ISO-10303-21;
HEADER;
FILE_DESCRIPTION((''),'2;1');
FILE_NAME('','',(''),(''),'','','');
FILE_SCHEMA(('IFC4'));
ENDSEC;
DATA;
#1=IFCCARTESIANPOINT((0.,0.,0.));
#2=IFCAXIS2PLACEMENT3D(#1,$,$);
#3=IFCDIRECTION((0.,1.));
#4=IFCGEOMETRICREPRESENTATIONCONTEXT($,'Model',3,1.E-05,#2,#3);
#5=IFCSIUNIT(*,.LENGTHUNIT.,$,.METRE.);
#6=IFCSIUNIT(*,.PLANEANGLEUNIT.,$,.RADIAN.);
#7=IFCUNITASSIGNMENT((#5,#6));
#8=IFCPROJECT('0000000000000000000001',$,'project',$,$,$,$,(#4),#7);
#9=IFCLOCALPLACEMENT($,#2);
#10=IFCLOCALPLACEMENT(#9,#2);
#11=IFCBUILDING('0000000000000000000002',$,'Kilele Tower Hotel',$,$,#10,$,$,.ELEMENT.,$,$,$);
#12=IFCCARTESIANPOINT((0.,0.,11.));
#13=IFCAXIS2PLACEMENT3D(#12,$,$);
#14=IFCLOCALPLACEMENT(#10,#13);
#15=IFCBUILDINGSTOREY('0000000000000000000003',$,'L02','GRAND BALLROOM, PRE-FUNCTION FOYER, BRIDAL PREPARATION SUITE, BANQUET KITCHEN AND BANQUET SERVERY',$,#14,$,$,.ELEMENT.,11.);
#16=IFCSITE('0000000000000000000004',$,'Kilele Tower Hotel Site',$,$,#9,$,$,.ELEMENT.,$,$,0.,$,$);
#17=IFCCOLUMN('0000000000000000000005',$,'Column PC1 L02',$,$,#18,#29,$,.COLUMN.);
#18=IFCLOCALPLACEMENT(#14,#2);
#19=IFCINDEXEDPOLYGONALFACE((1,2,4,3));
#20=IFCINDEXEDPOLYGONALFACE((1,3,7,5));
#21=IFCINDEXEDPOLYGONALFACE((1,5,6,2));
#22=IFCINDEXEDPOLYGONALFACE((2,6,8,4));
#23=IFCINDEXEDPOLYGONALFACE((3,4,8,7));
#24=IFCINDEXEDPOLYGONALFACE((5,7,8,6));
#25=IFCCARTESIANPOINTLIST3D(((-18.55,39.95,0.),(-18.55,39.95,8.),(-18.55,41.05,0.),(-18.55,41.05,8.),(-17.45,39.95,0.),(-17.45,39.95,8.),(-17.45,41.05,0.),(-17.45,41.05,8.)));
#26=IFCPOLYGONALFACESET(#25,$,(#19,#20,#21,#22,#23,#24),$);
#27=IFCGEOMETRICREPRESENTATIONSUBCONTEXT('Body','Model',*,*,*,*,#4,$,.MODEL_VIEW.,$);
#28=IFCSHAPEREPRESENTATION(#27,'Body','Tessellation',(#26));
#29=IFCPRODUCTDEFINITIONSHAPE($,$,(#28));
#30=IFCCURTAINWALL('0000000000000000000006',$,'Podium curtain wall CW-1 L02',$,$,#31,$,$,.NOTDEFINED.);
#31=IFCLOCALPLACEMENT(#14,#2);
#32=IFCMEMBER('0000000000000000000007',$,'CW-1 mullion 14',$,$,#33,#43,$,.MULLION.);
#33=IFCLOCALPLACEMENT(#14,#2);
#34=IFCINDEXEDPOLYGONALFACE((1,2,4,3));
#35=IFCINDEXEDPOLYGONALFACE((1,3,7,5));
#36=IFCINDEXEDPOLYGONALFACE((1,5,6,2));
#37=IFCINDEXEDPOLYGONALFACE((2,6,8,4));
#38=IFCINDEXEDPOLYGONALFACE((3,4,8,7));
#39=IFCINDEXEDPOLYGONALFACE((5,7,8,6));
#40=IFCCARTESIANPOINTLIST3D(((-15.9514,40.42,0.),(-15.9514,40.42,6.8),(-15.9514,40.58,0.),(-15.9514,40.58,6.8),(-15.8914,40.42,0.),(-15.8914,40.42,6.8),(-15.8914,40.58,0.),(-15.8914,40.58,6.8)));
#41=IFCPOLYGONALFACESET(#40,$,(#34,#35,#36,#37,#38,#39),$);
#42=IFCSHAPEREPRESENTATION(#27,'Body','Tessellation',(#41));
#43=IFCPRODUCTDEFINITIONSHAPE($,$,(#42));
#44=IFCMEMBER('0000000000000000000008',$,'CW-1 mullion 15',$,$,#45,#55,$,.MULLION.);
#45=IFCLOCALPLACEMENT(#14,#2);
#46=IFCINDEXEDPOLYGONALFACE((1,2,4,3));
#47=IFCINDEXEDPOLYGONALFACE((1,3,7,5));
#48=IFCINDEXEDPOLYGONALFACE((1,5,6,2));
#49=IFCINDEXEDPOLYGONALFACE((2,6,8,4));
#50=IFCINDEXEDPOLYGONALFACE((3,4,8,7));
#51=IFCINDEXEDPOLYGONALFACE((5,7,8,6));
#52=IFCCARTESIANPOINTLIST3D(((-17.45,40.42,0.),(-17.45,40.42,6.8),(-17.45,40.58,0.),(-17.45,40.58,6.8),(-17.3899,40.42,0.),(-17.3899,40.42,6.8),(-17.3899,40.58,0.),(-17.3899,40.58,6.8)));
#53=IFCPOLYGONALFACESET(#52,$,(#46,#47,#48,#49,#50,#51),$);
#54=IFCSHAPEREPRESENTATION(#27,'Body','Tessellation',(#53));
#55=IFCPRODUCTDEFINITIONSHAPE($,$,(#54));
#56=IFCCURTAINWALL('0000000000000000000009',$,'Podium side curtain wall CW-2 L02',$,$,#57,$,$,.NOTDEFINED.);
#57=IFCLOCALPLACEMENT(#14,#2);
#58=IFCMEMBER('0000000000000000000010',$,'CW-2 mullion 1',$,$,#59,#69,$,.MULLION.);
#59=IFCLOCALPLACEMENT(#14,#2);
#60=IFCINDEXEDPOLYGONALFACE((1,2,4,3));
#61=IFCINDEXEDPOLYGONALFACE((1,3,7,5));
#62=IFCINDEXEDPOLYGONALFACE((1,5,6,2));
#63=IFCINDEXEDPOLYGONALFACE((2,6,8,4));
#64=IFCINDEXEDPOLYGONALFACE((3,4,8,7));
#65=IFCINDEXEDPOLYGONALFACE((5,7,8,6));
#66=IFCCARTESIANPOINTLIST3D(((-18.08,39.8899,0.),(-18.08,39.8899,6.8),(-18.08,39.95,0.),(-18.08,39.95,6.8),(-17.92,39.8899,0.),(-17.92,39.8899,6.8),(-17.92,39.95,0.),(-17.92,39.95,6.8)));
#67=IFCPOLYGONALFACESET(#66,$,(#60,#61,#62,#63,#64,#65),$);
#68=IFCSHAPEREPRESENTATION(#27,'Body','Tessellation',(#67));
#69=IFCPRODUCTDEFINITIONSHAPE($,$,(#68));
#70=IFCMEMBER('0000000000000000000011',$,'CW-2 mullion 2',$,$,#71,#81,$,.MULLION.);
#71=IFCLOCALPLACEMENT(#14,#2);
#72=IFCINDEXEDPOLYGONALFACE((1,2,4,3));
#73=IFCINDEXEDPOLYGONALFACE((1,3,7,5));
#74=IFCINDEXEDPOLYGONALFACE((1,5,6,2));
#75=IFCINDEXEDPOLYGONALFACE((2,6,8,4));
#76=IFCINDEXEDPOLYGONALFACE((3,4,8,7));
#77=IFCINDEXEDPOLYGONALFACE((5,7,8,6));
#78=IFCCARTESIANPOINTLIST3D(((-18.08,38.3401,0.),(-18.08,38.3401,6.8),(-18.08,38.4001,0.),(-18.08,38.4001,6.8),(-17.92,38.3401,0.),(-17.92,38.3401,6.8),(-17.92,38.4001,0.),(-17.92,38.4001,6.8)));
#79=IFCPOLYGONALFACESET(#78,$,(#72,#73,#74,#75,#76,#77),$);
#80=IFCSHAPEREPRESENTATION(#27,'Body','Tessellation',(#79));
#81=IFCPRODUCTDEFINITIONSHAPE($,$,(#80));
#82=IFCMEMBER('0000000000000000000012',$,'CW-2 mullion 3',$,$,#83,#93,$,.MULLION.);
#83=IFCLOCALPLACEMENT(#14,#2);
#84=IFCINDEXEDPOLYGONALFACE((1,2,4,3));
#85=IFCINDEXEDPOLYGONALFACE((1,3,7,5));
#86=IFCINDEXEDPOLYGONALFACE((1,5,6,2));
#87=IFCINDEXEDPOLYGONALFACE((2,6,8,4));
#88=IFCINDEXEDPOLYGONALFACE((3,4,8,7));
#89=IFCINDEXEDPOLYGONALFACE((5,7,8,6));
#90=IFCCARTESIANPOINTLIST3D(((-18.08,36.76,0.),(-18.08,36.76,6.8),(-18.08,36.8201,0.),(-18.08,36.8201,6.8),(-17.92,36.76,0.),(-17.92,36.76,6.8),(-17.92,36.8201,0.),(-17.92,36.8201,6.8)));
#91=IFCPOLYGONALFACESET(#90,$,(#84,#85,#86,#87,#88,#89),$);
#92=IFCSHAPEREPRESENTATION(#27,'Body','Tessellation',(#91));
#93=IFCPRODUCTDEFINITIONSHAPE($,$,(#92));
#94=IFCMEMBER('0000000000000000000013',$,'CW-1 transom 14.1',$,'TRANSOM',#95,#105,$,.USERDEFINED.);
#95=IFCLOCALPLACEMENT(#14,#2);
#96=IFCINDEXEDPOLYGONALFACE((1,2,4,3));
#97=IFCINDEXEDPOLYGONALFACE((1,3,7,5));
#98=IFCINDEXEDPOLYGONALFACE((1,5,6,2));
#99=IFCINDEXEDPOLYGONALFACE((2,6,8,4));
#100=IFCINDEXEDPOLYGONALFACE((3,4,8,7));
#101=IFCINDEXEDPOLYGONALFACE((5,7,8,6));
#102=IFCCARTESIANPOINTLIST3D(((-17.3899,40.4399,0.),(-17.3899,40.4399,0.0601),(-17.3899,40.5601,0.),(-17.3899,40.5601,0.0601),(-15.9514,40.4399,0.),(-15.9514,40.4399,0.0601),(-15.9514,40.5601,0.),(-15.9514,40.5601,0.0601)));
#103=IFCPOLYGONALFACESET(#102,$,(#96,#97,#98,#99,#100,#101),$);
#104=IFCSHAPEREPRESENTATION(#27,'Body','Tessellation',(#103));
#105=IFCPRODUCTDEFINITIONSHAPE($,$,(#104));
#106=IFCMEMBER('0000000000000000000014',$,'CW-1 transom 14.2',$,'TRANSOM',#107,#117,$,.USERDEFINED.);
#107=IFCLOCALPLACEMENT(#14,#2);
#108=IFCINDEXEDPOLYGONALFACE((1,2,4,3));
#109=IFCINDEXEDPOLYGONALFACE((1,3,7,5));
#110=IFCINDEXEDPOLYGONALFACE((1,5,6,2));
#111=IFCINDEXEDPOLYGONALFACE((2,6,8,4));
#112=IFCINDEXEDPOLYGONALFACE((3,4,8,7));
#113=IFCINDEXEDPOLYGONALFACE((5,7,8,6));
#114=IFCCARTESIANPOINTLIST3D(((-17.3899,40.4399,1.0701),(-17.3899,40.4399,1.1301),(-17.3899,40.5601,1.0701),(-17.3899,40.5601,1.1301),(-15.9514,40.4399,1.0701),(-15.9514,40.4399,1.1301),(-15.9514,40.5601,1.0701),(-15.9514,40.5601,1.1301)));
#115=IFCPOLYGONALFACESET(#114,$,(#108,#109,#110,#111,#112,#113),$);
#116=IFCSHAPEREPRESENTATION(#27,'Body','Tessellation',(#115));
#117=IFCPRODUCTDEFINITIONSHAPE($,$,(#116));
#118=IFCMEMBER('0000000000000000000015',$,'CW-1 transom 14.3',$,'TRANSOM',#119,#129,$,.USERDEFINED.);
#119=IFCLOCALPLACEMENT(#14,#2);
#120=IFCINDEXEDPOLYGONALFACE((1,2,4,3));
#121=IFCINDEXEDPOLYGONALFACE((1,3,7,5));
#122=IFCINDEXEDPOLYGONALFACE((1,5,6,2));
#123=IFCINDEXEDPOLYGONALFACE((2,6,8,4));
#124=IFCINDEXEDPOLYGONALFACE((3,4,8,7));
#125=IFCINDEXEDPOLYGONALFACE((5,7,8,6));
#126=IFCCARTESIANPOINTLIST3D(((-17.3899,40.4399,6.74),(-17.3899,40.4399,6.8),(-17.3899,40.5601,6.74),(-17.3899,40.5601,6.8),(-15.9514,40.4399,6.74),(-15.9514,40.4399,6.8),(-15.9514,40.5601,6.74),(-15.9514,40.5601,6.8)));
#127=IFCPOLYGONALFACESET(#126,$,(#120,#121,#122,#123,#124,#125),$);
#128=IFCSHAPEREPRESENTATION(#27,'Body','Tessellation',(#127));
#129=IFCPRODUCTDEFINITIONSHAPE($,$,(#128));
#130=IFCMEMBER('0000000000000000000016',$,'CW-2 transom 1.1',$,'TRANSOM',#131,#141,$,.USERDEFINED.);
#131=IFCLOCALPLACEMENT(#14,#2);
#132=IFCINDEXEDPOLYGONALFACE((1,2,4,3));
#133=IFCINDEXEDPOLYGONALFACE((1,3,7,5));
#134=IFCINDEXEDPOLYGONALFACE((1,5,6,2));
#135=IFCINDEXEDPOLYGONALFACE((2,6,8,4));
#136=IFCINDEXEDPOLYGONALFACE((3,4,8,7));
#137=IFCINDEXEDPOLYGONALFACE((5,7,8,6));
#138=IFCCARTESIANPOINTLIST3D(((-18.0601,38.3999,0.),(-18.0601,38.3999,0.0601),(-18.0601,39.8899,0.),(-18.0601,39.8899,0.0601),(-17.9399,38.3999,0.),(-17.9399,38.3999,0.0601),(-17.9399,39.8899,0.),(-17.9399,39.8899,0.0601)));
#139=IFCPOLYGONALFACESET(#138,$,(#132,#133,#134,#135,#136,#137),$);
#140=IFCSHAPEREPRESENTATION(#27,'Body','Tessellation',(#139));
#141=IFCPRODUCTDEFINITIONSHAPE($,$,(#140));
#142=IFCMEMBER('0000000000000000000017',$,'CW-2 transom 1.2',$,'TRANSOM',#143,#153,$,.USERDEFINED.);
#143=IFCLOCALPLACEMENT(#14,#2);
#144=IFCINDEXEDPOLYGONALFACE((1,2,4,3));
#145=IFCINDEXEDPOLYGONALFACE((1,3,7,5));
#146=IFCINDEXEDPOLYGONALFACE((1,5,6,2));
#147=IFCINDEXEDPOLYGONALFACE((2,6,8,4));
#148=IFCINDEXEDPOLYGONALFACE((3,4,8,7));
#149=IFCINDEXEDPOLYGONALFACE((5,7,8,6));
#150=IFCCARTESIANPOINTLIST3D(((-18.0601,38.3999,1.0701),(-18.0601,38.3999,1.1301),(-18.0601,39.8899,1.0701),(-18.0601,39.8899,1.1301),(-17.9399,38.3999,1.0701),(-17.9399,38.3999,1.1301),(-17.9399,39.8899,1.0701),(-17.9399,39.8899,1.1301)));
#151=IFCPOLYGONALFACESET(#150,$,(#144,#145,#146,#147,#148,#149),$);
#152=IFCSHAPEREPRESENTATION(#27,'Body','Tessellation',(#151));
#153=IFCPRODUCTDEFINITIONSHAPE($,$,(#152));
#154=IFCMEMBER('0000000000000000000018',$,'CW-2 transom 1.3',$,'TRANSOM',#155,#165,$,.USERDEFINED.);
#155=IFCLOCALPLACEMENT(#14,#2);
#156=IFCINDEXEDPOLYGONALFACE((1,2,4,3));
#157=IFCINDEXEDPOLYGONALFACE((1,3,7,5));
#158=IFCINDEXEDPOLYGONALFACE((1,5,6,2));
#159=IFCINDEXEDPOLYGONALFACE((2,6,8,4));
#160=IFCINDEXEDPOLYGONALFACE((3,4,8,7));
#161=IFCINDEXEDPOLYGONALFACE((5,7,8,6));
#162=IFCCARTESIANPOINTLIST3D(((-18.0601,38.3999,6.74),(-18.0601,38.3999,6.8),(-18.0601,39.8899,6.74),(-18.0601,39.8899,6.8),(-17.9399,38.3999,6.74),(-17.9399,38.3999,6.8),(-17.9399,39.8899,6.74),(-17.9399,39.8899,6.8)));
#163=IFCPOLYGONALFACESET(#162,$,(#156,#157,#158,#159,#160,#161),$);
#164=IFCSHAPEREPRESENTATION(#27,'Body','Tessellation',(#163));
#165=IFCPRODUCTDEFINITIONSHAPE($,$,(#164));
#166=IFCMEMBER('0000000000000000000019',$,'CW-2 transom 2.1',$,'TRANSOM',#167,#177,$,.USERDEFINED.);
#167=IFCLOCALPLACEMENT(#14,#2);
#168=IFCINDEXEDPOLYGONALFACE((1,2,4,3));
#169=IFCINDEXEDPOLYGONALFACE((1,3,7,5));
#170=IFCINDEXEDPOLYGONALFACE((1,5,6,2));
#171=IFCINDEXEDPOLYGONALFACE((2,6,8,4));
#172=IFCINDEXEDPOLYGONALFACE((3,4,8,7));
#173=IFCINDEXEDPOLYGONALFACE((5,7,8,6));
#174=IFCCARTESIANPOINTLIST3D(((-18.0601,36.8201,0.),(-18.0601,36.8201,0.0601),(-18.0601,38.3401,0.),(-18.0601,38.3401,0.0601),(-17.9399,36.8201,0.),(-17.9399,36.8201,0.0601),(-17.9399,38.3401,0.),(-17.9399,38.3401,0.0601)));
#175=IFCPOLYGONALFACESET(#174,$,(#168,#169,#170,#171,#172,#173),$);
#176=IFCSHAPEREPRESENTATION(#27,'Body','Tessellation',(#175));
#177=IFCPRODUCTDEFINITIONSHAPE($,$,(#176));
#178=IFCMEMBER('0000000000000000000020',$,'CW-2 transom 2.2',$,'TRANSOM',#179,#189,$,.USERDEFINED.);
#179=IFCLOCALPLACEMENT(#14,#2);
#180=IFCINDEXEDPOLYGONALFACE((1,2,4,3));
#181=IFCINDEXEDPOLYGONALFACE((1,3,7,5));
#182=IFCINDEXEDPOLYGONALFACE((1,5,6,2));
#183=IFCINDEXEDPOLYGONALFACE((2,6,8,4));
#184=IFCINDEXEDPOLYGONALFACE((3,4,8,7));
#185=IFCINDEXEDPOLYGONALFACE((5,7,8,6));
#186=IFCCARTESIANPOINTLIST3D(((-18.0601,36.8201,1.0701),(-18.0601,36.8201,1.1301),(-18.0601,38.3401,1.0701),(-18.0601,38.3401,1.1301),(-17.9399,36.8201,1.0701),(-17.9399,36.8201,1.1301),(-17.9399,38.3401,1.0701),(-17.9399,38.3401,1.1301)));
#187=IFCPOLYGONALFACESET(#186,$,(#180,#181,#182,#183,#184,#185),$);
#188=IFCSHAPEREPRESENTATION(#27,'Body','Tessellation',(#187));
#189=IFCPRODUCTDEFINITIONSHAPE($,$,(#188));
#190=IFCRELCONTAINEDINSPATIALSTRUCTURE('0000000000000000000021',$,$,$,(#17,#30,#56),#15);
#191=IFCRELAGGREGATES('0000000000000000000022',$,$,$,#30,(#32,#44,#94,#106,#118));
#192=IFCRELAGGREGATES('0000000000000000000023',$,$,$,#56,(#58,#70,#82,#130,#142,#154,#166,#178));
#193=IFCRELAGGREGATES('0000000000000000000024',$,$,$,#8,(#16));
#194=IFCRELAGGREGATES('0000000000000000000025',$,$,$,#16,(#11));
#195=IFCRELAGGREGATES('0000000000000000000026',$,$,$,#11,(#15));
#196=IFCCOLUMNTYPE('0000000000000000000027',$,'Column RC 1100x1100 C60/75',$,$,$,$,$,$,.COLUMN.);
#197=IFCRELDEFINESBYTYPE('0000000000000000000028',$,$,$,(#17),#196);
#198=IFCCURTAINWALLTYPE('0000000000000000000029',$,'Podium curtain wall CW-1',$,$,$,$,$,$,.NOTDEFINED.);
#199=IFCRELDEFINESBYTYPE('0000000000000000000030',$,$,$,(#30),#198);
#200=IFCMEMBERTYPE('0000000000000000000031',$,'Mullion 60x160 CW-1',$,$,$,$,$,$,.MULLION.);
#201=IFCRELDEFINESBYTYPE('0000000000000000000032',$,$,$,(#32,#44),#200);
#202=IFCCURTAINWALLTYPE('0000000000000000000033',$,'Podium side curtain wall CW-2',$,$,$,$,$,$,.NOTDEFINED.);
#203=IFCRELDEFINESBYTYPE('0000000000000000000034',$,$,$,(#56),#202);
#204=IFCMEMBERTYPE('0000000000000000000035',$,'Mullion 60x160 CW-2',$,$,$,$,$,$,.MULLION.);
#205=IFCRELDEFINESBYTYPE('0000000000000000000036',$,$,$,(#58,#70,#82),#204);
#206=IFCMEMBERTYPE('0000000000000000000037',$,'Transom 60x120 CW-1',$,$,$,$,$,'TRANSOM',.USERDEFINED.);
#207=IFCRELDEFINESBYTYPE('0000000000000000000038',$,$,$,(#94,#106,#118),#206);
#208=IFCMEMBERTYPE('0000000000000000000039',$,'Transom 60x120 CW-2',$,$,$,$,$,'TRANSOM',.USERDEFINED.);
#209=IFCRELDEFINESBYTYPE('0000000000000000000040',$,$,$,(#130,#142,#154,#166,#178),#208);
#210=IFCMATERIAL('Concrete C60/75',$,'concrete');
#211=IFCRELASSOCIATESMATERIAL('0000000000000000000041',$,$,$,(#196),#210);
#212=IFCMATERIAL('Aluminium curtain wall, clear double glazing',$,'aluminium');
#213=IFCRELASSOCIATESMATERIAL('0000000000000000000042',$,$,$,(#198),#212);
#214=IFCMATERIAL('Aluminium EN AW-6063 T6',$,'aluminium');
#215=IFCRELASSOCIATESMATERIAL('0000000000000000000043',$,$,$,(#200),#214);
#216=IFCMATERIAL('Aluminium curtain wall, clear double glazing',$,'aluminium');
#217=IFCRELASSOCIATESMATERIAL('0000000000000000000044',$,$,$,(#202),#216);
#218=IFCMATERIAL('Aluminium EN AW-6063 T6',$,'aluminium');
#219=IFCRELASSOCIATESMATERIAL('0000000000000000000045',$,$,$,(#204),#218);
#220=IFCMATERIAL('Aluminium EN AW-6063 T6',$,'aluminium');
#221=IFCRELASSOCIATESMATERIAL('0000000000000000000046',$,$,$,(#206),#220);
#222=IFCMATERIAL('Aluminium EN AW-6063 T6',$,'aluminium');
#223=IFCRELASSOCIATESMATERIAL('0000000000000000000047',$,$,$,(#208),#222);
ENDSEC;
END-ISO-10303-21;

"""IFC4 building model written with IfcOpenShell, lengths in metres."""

from ifc_helpers import new_model, si_unit, direction, frame, origin, origin_2d, place, context, subcontext, project, spatial, rectangle, extrude, material, material_profile, profile_set, type_object, element, aggregate, save


model = new_model("IFC4")

# Units and contexts
model_context = context("Model", 3, precision=1e-05, world=origin(), true_north=direction((0.0, 1.0)))
body_context = subcontext(model_context, "Body", "Model", "MODEL_VIEW")
ifc_project = project(units=[si_unit("LENGTHUNIT", "METRE"), si_unit("PLANEANGLEUNIT", "RADIAN")], contexts=[model_context])

# Site, building, storey
site_placement = place(None, origin())
site = spatial("IfcSite", under=ifc_project, at=site_placement, Name="Kilele Tower Hotel Site", CompositionType="ELEMENT", RefElevation=0.0)
building_placement = place(site_placement, origin())
building = spatial("IfcBuilding", under=site, at=building_placement, Name="Kilele Tower Hotel", CompositionType="ELEMENT")
storey_placement = place(building_placement, frame((0.0, 0.0, 11.0)))
storey = spatial("IfcBuildingStorey", under=building, at=storey_placement, Name="L02", Description="GRAND BALLROOM, PRE-FUNCTION FOYER, BRIDAL PREPARATION SUITE, BANQUET KITCHEN AND BANQUET SERVERY", CompositionType="ELEMENT", Elevation=11.0)

# Column
ifc_material_1 = material(Name="Concrete C60/75", Category="concrete")
ifc_material_profile_1 = material_profile(ifc_material_1, rectangle(XDim=1.1001, YDim=1.1001, at=origin_2d()))
ifc_profile_set_1 = profile_set([ifc_material_profile_1], Name="Concrete C60/75")
column_type = type_object("IfcColumnType", Name="Column RC 1100x1100 C60/75", PredefinedType="COLUMN", material=ifc_profile_set_1)
column_placement = place(storey_placement, frame((-18.0, 40.5, 0.0), z_axis=(0.0, 0.0, 1.0), x_axis=(1.0, 0.0, 0.0)))
element("IfcColumn", 1, at=column_placement, inside=storey, type_object=column_type, Name="Column PC1 L02", PredefinedType="COLUMN", context=body_context, shape_type="SweptSolid", body=[
    extrude(rectangle(XDim=1.1001, YDim=1.1001, at=origin_2d()), origin(), (0.0, 0.0, 1.0), 8.0),
])

# Curtain walls, members
ifc_material_2 = material(Name="Aluminium curtain wall, clear double glazing", Category="aluminium")
curtain_wall_type_1 = type_object("IfcCurtainWallType", Name="Podium curtain wall CW-1", PredefinedType="NOTDEFINED", material=ifc_material_2)
curtain_wall_1_placement = place(storey_placement, origin())
curtain_wall_1 = element("IfcCurtainWall", 2, at=curtain_wall_1_placement, inside=storey, type_object=curtain_wall_type_1, Name="Podium curtain wall CW-1 L02", PredefinedType="NOTDEFINED")
ifc_material_3 = material(Name="Aluminium EN AW-6063 T6", Category="aluminium")
ifc_material_profile_2 = material_profile(ifc_material_3, rectangle(XDim=0.1599, YDim=0.0601, at=origin_2d()))
ifc_profile_set_2 = profile_set([ifc_material_profile_2], Name="Aluminium EN AW-6063 T6")
member_type_1 = type_object("IfcMemberType", Name="Mullion 60x160 CW-1", PredefinedType="MULLION", material=ifc_profile_set_2)
member_1_placement = place(storey_placement, frame((-15.9214, 40.5, 0.0), z_axis=(0.0, 0.0, 1.0), x_axis=(0.0, -1.0, 0.0)))
member_1 = element("IfcMember", 3, at=member_1_placement, type_object=member_type_1, Name="CW-1 mullion 14", PredefinedType="MULLION", context=body_context, shape_type="SweptSolid", body=[
    extrude(rectangle(XDim=0.1599, YDim=0.0601, at=origin_2d()), origin(), (0.0, 0.0, 1.0), 6.8),
])
member_2_placement = place(storey_placement, frame((-17.4199, 40.5, 0.0), z_axis=(0.0, 0.0, 1.0), x_axis=(0.0, -1.0, 0.0)))
member_2 = element("IfcMember", 4, at=member_2_placement, type_object=member_type_1, Name="CW-1 mullion 15", PredefinedType="MULLION", context=body_context, shape_type="SweptSolid", body=[
    extrude(rectangle(XDim=0.1599, YDim=0.0601, at=origin_2d()), origin(), (0.0, 0.0, 1.0), 6.8),
])
ifc_material_4 = material(Name="Aluminium curtain wall, clear double glazing", Category="aluminium")
curtain_wall_type_2 = type_object("IfcCurtainWallType", Name="Podium side curtain wall CW-2", PredefinedType="NOTDEFINED", material=ifc_material_4)
curtain_wall_2_placement = place(storey_placement, origin())
curtain_wall_2 = element("IfcCurtainWall", 5, at=curtain_wall_2_placement, inside=storey, type_object=curtain_wall_type_2, Name="Podium side curtain wall CW-2 L02", PredefinedType="NOTDEFINED")
ifc_material_5 = material(Name="Aluminium EN AW-6063 T6", Category="aluminium")
ifc_material_profile_3 = material_profile(ifc_material_5, rectangle(XDim=0.1599, YDim=0.0601, at=origin_2d()))
ifc_profile_set_3 = profile_set([ifc_material_profile_3], Name="Aluminium EN AW-6063 T6")
member_type_2 = type_object("IfcMemberType", Name="Mullion 60x160 CW-2", PredefinedType="MULLION", material=ifc_profile_set_3)
member_3_placement = place(storey_placement, frame((-18.0, 39.9199, 0.0), z_axis=(0.0, 0.0, 1.0), x_axis=(1.0, 0.0, 0.0)))
member_3 = element("IfcMember", 6, at=member_3_placement, type_object=member_type_2, Name="CW-2 mullion 1", PredefinedType="MULLION", context=body_context, shape_type="SweptSolid", body=[
    extrude(rectangle(XDim=0.1599, YDim=0.0601, at=origin_2d()), origin(), (0.0, 0.0, 1.0), 6.8),
])
member_4_placement = place(storey_placement, frame((-18.0, 38.3701, 0.0), z_axis=(0.0, 0.0, 1.0), x_axis=(1.0, 0.0, 0.0)))
member_4 = element("IfcMember", 7, at=member_4_placement, type_object=member_type_2, Name="CW-2 mullion 2", PredefinedType="MULLION", context=body_context, shape_type="SweptSolid", body=[
    extrude(rectangle(XDim=0.1599, YDim=0.0601, at=origin_2d()), origin(), (0.0, 0.0, 1.0), 6.8),
])
member_5_placement = place(storey_placement, frame((-18.0, 36.79, 0.0), z_axis=(0.0, 0.0, 1.0), x_axis=(1.0, 0.0, 0.0)))
member_5 = element("IfcMember", 8, at=member_5_placement, type_object=member_type_2, Name="CW-2 mullion 3", PredefinedType="MULLION", context=body_context, shape_type="SweptSolid", body=[
    extrude(rectangle(XDim=0.1599, YDim=0.0601, at=origin_2d()), origin(), (0.0, 0.0, 1.0), 6.8),
])

# Members
ifc_material_6 = material(Name="Aluminium EN AW-6063 T6", Category="aluminium")
ifc_material_profile_4 = material_profile(ifc_material_6, rectangle(XDim=0.1201, YDim=0.0601, at=origin_2d()))
ifc_profile_set_4 = profile_set([ifc_material_profile_4], Name="Aluminium EN AW-6063 T6")
member_type_3 = type_object("IfcMemberType", Name="Transom 60x120 CW-1", ElementType="TRANSOM", PredefinedType="USERDEFINED", material=ifc_profile_set_4)
member_6_placement = place(storey_placement, frame((-15.9514, 40.5, 0.03), z_axis=(-1.0, 0.0, 0.0), x_axis=(0.0, -1.0, 0.0)))
member_6 = element("IfcMember", 9, at=member_6_placement, type_object=member_type_3, Name="CW-1 transom 14.1", ObjectType="TRANSOM", PredefinedType="USERDEFINED", context=body_context, shape_type="SweptSolid", body=[
    extrude(rectangle(XDim=0.1201, YDim=0.0601, at=origin_2d()), origin(), (0.0, 0.0, 1.0), 1.4385),
])
member_7_placement = place(storey_placement, frame((-15.9514, 40.5, 1.1001), z_axis=(-1.0, 0.0, 0.0), x_axis=(0.0, -1.0, 0.0)))
member_7 = element("IfcMember", 10, at=member_7_placement, type_object=member_type_3, Name="CW-1 transom 14.2", ObjectType="TRANSOM", PredefinedType="USERDEFINED", context=body_context, shape_type="SweptSolid", body=[
    extrude(rectangle(XDim=0.1201, YDim=0.0601, at=origin_2d()), origin(), (0.0, 0.0, 1.0), 1.4385),
])
member_8_placement = place(storey_placement, frame((-15.9514, 40.5, 6.77), z_axis=(-1.0, 0.0, 0.0), x_axis=(0.0, -1.0, 0.0)))
member_8 = element("IfcMember", 11, at=member_8_placement, type_object=member_type_3, Name="CW-1 transom 14.3", ObjectType="TRANSOM", PredefinedType="USERDEFINED", context=body_context, shape_type="SweptSolid", body=[
    extrude(rectangle(XDim=0.1201, YDim=0.0601, at=origin_2d()), origin(), (0.0, 0.0, 1.0), 1.4385),
])
ifc_material_7 = material(Name="Aluminium EN AW-6063 T6", Category="aluminium")
ifc_material_profile_5 = material_profile(ifc_material_7, rectangle(XDim=0.1201, YDim=0.0601, at=origin_2d()))
ifc_profile_set_5 = profile_set([ifc_material_profile_5], Name="Aluminium EN AW-6063 T6")
member_type_4 = type_object("IfcMemberType", Name="Transom 60x120 CW-2", ElementType="TRANSOM", PredefinedType="USERDEFINED", material=ifc_profile_set_5)
member_9_placement = place(storey_placement, frame((-18.0, 39.8899, 0.03), z_axis=(0.0, -1.0, 0.0), x_axis=(1.0, 0.0, 0.0)))
member_9 = element("IfcMember", 12, at=member_9_placement, type_object=member_type_4, Name="CW-2 transom 1.1", ObjectType="TRANSOM", PredefinedType="USERDEFINED", context=body_context, shape_type="SweptSolid", body=[
    extrude(rectangle(XDim=0.1201, YDim=0.0601, at=origin_2d()), origin(), (0.0, 0.0, 1.0), 1.49),
])
member_10_placement = place(storey_placement, frame((-18.0, 39.8899, 1.1001), z_axis=(0.0, -1.0, 0.0), x_axis=(1.0, 0.0, 0.0)))
member_10 = element("IfcMember", 13, at=member_10_placement, type_object=member_type_4, Name="CW-2 transom 1.2", ObjectType="TRANSOM", PredefinedType="USERDEFINED", context=body_context, shape_type="SweptSolid", body=[
    extrude(rectangle(XDim=0.1201, YDim=0.0601, at=origin_2d()), origin(), (0.0, 0.0, 1.0), 1.49),
])
member_11_placement = place(storey_placement, frame((-18.0, 39.8899, 6.77), z_axis=(0.0, -1.0, 0.0), x_axis=(1.0, 0.0, 0.0)))
member_11 = element("IfcMember", 14, at=member_11_placement, type_object=member_type_4, Name="CW-2 transom 1.3", ObjectType="TRANSOM", PredefinedType="USERDEFINED", context=body_context, shape_type="SweptSolid", body=[
    extrude(rectangle(XDim=0.1201, YDim=0.0601, at=origin_2d()), origin(), (0.0, 0.0, 1.0), 1.49),
])
member_12_placement = place(storey_placement, frame((-18.0, 38.3401, 0.03), z_axis=(0.0, -1.0, 0.0), x_axis=(1.0, 0.0, 0.0)))
member_12 = element("IfcMember", 15, at=member_12_placement, type_object=member_type_4, Name="CW-2 transom 2.1", ObjectType="TRANSOM", PredefinedType="USERDEFINED", context=body_context, shape_type="SweptSolid", body=[
    extrude(rectangle(XDim=0.1201, YDim=0.0601, at=origin_2d()), origin(), (0.0, 0.0, 1.0), 1.52),
])
member_13_placement = place(storey_placement, frame((-18.0, 38.3401, 1.1001), z_axis=(0.0, -1.0, 0.0), x_axis=(1.0, 0.0, 0.0)))
member_13 = element("IfcMember", 16, at=member_13_placement, type_object=member_type_4, Name="CW-2 transom 2.2", ObjectType="TRANSOM", PredefinedType="USERDEFINED", context=body_context, shape_type="SweptSolid", body=[
    extrude(rectangle(XDim=0.1201, YDim=0.0601, at=origin_2d()), origin(), (0.0, 0.0, 1.0), 1.52),
])

aggregate(curtain_wall_1, [member_1, member_2, member_6, member_7, member_8])
aggregate(curtain_wall_2, [member_3, member_4, member_5, member_9, member_10, member_11, member_12, member_13])

save(model, "model.ifc")
